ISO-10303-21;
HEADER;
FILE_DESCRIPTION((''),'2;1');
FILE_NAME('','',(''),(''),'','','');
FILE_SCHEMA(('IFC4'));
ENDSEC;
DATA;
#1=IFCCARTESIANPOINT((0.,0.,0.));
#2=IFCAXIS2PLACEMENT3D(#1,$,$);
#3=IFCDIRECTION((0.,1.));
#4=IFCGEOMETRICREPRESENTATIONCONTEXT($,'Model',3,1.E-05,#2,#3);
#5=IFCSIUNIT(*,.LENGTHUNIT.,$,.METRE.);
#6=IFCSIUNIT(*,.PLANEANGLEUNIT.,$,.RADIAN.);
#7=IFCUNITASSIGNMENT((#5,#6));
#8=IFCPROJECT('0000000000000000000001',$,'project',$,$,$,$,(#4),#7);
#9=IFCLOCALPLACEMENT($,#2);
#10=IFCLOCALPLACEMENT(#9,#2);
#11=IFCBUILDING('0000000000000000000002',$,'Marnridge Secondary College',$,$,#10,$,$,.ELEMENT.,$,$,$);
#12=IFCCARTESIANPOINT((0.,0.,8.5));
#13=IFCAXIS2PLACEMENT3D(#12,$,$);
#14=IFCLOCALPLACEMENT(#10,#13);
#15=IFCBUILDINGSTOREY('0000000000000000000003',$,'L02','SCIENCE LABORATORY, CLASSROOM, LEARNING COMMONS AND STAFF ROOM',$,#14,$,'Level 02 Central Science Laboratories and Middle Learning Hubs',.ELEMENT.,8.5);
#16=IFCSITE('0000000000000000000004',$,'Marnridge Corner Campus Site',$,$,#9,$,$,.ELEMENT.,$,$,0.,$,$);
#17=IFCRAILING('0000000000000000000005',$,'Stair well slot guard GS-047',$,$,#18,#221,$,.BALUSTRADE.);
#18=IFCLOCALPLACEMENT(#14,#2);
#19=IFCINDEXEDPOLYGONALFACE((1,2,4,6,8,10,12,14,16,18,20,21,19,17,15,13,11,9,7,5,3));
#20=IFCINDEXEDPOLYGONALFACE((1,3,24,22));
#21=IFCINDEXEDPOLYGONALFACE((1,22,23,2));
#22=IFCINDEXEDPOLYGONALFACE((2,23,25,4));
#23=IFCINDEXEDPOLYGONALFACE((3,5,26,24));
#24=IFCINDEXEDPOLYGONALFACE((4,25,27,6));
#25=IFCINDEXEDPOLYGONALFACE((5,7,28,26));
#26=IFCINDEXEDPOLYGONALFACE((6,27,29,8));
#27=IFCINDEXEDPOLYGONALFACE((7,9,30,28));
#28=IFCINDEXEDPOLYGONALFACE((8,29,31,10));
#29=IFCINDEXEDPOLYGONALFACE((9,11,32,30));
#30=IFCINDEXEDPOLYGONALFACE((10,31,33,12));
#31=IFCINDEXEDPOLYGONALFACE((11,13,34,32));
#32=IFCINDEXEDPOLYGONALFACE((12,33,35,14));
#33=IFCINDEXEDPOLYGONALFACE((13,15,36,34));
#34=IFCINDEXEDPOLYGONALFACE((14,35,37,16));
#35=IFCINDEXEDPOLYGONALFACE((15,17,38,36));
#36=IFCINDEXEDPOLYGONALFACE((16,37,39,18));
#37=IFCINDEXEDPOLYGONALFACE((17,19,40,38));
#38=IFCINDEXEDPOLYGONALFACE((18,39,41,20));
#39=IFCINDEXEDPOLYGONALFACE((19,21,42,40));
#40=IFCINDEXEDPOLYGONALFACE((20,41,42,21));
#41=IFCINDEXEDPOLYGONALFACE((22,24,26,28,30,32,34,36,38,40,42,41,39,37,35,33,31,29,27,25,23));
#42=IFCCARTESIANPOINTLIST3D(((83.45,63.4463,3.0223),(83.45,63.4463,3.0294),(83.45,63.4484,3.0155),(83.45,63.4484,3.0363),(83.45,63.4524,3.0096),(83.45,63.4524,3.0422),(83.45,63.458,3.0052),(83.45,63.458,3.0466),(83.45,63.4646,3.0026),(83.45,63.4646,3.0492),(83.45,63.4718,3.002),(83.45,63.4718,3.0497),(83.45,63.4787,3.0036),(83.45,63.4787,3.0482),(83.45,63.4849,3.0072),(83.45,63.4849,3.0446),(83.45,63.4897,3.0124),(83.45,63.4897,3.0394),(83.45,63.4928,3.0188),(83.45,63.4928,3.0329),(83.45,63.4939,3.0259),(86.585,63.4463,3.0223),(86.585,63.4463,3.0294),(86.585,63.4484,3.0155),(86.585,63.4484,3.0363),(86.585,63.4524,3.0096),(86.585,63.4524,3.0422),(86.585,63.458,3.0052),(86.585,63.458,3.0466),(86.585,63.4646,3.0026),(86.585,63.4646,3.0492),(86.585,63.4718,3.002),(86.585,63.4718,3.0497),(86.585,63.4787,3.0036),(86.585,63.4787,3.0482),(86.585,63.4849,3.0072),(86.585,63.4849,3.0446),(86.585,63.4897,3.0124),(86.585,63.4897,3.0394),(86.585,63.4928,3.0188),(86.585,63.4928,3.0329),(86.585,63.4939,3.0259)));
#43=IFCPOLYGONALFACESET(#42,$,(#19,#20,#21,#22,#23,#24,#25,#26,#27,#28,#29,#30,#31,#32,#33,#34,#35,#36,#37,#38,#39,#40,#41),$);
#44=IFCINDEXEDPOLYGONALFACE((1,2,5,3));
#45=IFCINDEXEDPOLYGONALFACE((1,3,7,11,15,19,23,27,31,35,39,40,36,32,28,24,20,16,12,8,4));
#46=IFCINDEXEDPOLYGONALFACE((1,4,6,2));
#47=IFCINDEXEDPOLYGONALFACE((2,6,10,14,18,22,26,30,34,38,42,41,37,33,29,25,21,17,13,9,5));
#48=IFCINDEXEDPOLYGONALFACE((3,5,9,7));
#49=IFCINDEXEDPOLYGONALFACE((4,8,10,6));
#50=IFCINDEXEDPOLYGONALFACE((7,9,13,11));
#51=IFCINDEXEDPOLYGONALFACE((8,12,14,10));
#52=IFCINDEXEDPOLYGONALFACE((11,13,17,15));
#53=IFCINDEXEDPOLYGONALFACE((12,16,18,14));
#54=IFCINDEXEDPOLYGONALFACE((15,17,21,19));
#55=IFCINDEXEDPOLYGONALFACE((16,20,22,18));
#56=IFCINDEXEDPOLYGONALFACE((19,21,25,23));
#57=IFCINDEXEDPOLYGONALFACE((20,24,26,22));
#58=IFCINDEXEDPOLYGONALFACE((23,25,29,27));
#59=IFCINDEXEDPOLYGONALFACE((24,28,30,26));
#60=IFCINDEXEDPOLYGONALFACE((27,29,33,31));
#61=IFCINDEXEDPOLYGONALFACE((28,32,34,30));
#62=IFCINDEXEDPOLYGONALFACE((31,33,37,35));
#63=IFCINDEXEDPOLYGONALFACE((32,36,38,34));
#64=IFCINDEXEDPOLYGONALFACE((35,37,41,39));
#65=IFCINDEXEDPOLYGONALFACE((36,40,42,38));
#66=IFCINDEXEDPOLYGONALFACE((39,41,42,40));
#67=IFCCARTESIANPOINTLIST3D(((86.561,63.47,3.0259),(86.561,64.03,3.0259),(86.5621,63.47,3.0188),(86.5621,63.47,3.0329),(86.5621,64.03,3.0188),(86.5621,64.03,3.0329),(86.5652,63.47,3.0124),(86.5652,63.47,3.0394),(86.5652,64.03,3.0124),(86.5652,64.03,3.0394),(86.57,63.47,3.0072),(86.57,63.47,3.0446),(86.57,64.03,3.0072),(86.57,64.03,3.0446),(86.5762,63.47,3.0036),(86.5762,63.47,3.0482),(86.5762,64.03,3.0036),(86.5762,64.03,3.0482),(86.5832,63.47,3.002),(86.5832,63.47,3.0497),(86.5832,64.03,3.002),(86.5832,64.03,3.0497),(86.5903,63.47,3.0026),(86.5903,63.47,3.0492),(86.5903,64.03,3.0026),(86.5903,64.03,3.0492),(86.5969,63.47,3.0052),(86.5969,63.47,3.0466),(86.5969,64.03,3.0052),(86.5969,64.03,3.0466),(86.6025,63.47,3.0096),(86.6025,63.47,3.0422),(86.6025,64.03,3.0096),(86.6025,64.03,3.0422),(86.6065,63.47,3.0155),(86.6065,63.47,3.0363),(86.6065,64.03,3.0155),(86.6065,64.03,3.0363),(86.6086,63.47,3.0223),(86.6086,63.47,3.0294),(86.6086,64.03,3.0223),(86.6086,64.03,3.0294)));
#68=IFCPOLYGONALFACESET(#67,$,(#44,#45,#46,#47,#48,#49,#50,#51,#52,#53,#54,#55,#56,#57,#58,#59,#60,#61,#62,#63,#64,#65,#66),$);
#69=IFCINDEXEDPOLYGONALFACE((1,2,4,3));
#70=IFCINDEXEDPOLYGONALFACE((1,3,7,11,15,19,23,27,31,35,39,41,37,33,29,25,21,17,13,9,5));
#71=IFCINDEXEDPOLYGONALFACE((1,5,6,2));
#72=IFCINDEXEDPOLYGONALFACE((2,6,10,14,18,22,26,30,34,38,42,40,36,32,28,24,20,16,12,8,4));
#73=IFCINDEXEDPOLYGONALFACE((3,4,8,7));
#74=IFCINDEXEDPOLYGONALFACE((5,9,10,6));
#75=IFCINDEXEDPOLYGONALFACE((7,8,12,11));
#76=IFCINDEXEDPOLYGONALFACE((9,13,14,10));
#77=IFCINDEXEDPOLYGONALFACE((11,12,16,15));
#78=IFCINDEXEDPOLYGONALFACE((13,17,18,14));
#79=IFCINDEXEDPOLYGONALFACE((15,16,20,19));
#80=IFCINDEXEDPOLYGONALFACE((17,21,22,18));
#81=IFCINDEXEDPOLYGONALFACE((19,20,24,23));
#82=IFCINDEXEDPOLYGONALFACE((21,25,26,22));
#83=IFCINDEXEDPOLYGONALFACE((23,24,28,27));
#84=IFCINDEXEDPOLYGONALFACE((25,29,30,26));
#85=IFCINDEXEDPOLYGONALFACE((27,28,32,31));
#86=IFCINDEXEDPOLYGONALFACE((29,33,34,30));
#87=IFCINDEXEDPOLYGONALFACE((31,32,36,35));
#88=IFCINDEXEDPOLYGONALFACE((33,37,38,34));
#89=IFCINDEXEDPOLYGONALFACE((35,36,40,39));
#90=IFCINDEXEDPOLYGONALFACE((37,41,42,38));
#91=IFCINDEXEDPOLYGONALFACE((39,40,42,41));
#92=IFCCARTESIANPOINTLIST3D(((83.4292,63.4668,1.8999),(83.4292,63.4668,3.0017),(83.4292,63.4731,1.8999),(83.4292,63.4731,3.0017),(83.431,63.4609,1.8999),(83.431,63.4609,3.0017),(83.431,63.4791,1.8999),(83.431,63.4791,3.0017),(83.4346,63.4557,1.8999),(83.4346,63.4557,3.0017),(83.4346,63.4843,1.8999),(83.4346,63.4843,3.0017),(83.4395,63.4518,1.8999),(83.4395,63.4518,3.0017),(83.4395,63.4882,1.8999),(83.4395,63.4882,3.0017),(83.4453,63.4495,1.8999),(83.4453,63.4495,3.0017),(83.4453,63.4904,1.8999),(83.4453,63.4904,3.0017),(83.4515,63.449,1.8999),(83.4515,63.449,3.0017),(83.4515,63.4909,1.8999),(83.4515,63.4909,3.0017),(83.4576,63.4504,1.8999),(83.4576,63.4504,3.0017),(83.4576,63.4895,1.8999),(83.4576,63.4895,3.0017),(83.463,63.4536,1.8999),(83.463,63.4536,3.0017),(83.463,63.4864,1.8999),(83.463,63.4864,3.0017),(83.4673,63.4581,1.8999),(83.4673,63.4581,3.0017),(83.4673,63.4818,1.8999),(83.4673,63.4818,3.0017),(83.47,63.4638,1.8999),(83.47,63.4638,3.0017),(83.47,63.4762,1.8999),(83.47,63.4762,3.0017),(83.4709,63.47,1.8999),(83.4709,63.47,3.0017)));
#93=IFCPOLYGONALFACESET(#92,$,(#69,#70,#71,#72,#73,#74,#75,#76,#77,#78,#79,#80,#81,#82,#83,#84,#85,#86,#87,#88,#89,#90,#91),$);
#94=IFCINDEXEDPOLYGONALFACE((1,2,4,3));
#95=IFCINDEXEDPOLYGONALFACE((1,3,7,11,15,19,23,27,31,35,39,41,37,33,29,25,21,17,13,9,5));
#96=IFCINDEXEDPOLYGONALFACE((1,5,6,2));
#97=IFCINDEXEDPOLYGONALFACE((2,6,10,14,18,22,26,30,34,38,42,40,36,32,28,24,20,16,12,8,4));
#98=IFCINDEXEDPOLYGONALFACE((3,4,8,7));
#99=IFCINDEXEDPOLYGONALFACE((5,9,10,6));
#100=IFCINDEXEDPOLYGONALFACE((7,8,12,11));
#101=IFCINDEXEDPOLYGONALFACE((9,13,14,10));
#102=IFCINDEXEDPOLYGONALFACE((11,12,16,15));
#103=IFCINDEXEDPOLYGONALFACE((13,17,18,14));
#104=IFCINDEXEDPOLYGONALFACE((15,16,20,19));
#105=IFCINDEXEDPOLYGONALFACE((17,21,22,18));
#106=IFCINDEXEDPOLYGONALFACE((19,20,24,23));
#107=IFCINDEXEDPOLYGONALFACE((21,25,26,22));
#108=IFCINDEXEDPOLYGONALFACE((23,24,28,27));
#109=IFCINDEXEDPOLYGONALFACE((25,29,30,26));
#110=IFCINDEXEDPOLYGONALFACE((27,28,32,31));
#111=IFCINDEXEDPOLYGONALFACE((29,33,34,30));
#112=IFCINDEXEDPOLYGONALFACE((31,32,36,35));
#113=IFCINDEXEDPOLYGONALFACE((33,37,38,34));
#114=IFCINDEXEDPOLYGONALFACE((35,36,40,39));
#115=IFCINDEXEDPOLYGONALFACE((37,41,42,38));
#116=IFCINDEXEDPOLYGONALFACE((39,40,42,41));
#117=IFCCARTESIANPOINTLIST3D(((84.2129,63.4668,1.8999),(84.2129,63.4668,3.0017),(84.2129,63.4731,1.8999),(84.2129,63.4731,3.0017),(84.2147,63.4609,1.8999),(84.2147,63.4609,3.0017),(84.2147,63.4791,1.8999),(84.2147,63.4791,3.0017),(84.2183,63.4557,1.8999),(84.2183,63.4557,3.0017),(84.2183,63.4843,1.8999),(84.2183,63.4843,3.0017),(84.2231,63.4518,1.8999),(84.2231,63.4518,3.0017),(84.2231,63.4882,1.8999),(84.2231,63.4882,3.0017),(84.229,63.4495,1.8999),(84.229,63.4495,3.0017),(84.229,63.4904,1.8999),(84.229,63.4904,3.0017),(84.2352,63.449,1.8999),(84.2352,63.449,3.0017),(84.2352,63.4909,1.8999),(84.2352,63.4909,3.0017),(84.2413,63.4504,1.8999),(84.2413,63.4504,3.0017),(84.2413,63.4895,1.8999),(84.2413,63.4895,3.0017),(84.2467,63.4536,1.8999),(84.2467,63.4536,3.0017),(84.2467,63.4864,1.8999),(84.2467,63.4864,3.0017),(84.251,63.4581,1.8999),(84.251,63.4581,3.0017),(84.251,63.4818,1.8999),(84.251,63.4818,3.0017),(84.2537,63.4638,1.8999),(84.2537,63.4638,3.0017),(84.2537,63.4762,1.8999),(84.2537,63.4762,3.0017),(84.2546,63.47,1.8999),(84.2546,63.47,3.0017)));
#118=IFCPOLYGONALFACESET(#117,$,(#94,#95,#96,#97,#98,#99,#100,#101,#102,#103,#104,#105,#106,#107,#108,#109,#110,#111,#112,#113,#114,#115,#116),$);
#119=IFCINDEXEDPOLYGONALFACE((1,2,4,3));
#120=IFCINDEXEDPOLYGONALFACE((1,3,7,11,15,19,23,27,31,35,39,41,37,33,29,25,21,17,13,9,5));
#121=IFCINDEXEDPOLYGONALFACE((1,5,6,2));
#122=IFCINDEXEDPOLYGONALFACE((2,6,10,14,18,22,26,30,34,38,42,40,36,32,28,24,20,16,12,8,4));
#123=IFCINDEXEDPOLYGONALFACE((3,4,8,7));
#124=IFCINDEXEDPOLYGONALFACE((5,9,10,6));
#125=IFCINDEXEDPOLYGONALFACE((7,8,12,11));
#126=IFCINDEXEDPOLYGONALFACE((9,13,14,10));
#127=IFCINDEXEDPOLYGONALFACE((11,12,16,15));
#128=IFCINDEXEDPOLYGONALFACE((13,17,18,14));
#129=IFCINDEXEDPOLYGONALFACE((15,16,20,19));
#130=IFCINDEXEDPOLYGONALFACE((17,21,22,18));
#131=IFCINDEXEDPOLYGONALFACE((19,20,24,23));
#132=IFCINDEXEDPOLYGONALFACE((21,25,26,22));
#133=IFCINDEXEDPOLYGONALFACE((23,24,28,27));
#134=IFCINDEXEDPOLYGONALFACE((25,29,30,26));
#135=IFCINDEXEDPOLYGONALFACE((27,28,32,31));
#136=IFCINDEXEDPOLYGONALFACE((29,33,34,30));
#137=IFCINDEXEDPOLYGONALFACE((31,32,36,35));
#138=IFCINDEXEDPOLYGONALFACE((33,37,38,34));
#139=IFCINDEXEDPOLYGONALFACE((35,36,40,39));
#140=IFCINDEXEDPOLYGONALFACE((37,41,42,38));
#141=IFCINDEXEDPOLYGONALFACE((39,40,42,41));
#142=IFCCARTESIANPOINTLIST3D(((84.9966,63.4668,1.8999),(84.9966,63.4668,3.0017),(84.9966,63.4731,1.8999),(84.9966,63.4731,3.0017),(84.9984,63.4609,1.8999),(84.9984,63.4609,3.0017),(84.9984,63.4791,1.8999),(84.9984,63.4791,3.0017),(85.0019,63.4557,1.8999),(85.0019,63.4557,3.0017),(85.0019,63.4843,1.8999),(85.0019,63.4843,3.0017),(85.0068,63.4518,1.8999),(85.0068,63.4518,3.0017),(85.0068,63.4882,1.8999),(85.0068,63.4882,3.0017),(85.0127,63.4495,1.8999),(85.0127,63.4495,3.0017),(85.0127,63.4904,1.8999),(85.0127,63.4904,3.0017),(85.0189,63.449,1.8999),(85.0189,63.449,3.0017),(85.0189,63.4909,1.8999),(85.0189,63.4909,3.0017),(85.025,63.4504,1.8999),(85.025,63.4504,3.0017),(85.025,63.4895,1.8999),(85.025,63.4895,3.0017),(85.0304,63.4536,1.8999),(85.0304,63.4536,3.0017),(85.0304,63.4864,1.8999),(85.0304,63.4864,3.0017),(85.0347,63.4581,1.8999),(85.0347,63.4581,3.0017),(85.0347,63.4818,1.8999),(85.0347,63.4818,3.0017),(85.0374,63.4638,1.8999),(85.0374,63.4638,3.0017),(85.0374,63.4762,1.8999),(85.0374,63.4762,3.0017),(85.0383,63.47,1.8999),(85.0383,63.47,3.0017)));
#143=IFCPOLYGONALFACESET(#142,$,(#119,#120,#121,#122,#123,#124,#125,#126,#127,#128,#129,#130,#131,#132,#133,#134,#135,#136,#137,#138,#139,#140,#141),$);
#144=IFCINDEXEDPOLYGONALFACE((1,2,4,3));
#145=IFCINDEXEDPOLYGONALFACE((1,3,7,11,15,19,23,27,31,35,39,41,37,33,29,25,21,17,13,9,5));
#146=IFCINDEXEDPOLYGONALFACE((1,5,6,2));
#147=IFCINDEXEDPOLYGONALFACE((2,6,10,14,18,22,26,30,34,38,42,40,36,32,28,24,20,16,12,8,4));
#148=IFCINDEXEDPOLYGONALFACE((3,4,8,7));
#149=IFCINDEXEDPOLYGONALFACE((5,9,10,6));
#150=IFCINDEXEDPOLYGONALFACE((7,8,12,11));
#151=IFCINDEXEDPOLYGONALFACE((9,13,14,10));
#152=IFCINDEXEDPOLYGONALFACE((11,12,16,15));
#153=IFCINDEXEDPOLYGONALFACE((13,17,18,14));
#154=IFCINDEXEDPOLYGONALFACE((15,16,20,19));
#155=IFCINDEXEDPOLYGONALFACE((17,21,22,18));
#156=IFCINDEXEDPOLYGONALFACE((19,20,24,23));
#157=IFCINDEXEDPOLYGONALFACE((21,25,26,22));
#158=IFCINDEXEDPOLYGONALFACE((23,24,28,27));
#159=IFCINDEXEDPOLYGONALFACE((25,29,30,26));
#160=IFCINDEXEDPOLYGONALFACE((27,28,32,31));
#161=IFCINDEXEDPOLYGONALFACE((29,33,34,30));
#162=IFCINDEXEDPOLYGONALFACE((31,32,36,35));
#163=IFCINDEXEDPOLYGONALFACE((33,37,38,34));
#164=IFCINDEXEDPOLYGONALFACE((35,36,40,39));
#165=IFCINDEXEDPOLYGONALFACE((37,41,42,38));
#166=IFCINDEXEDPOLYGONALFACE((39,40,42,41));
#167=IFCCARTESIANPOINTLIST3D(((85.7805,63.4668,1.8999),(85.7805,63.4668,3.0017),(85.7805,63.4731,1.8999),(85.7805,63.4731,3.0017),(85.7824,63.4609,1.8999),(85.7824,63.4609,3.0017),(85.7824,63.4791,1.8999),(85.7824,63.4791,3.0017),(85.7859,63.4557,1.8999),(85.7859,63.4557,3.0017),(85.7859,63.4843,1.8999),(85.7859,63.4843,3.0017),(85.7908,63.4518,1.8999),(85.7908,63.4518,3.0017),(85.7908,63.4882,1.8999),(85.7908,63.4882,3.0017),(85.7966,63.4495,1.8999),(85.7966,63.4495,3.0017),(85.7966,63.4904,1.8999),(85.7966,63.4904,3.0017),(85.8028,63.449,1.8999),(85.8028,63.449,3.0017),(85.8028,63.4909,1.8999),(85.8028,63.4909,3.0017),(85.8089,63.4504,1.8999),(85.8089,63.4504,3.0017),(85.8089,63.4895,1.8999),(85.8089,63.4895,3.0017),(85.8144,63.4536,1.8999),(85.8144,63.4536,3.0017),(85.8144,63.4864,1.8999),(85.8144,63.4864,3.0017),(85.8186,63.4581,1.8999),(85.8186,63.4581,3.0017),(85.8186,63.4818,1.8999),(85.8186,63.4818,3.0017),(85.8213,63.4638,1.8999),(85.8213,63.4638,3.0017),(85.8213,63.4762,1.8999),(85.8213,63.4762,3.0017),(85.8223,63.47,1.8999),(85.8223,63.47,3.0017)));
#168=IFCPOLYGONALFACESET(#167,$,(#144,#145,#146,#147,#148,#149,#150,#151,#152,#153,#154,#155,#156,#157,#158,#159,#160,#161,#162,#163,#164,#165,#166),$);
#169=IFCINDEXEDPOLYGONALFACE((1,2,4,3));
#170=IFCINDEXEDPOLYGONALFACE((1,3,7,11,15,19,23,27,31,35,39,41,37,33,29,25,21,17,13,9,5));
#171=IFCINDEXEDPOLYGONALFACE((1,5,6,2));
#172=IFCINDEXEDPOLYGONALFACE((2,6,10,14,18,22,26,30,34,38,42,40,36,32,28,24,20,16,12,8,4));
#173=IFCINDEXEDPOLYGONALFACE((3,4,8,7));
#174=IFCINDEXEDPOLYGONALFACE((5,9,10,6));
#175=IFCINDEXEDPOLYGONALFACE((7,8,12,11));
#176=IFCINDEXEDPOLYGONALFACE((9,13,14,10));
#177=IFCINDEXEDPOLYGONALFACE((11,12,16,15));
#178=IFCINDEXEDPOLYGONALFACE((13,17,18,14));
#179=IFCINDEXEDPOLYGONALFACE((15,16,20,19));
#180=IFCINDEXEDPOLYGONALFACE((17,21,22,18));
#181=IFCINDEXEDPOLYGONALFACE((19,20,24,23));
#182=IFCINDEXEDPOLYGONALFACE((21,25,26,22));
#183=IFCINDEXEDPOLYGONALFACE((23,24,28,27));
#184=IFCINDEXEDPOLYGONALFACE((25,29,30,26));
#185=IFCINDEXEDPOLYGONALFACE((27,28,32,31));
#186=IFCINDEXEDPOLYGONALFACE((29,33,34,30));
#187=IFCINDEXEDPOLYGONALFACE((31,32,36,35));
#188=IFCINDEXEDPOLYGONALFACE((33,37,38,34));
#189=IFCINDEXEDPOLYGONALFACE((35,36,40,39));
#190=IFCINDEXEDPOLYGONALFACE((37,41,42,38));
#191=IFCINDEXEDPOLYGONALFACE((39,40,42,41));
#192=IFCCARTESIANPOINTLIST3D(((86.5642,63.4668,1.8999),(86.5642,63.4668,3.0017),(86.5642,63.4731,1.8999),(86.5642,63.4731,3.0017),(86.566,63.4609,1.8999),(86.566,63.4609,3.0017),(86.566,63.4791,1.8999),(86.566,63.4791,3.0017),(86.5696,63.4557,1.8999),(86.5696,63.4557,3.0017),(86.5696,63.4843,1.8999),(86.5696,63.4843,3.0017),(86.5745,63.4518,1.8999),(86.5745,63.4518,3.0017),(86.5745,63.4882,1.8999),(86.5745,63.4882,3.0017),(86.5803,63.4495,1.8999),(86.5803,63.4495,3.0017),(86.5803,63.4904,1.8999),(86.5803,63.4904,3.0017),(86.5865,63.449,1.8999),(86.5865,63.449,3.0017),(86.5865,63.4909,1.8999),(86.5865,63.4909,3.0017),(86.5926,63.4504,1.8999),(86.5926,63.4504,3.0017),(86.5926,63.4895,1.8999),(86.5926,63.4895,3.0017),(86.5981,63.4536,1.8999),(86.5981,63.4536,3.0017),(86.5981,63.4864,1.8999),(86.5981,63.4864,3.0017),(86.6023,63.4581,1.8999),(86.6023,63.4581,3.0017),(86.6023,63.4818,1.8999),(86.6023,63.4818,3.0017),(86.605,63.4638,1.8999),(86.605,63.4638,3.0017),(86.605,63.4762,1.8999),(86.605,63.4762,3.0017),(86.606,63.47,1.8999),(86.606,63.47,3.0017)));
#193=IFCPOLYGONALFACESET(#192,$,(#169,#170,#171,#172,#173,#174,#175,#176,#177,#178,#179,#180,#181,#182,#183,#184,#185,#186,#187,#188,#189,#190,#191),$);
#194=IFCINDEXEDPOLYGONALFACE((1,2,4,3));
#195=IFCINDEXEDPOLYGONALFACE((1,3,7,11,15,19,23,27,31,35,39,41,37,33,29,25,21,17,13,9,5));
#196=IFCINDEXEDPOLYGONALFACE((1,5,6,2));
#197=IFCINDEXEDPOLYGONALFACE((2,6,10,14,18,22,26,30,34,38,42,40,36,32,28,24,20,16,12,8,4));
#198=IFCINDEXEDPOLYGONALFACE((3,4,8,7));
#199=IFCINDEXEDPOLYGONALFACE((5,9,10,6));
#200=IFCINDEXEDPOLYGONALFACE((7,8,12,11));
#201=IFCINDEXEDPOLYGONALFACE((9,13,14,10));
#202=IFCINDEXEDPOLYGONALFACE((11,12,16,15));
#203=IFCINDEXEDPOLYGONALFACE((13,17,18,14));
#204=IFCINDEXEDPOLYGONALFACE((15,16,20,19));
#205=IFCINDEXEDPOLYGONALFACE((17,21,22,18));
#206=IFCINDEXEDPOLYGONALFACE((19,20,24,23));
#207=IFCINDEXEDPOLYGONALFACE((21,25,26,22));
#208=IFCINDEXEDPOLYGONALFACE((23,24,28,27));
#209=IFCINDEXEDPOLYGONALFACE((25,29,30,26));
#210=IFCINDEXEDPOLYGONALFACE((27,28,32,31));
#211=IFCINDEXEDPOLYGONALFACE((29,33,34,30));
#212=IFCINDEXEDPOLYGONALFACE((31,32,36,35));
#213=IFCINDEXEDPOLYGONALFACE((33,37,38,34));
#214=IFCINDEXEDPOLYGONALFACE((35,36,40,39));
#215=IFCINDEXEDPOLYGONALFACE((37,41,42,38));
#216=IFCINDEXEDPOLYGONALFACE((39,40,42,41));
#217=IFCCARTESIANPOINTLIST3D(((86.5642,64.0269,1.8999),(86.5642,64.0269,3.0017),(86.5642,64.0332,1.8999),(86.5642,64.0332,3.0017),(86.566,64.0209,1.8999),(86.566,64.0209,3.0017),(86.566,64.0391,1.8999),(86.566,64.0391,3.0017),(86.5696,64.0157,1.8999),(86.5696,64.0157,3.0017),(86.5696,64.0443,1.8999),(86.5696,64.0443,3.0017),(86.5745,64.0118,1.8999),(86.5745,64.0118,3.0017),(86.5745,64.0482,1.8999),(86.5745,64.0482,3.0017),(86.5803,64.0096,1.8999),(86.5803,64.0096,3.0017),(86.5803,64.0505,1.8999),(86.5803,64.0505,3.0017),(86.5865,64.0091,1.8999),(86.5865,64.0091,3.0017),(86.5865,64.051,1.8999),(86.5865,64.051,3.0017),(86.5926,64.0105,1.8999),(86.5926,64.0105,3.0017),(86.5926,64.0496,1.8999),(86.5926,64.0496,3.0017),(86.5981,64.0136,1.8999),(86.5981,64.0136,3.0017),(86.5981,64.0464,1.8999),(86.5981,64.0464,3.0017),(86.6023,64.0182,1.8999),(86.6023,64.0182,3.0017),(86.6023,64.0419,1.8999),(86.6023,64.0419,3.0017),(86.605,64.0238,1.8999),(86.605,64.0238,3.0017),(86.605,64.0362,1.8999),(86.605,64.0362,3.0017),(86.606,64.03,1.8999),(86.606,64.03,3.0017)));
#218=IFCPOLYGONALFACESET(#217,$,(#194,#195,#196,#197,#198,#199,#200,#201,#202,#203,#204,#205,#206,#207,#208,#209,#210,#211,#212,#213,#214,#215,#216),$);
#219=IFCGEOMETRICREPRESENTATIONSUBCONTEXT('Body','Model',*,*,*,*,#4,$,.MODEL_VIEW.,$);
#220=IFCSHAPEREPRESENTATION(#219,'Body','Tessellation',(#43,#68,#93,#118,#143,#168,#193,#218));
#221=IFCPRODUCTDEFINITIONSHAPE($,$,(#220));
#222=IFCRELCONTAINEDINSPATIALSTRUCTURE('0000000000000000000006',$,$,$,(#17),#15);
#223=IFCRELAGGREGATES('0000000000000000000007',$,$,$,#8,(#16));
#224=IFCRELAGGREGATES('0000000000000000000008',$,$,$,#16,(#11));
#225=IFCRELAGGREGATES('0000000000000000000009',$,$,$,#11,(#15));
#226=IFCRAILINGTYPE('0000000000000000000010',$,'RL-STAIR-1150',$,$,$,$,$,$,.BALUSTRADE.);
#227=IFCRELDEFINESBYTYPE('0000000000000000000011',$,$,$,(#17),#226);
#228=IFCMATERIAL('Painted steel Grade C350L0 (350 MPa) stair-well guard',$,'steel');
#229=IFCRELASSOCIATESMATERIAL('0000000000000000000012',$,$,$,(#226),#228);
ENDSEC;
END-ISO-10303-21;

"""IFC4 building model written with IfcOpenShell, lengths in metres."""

from ifc_helpers import new_model, si_unit, direction, frame, origin, origin_2d, place, context, subcontext, project, spatial, circle, extrude, material, type_object, element, save


model = new_model("IFC4")

# Units and contexts
model_context = context("Model", 3, precision=1e-05, world=origin(), true_north=direction((0.0, 1.0)))
body_context = subcontext(model_context, "Body", "Model", "MODEL_VIEW")
ifc_project = project(units=[si_unit("LENGTHUNIT", "METRE"), si_unit("PLANEANGLEUNIT", "RADIAN")], contexts=[model_context])

# Site, building, storey
site_placement = place(None, origin())
site = spatial("IfcSite", under=ifc_project, at=site_placement, Name="Marnridge Corner Campus Site", CompositionType="ELEMENT", RefElevation=0.0)
building_placement = place(site_placement, origin())
building = spatial("IfcBuilding", under=site, at=building_placement, Name="Marnridge Secondary College", CompositionType="ELEMENT")
storey_placement = place(building_placement, frame((0.0, 0.0, 8.5)))
storey = spatial("IfcBuildingStorey", under=building, at=storey_placement, Name="L02", Description="SCIENCE LABORATORY, CLASSROOM, LEARNING COMMONS AND STAFF ROOM", LongName="Level 02 Central Science Laboratories and Middle Learning Hubs", CompositionType="ELEMENT", Elevation=8.5)

# Railing
ifc_material_1 = material(Name="Painted steel Grade C350L0 (350 MPa) stair-well guard", Category="steel")
railing_type_1 = type_object("IfcRailingType", Name="RL-STAIR-1150", PredefinedType="BALUSTRADE", material=ifc_material_1)
railing_1_placement = place(storey_placement, frame((83.45, 63.47, 1.8999)))
element("IfcRailing", 1, at=railing_1_placement, inside=storey, type_object=railing_type_1, Name="Stair well slot guard GS-047", PredefinedType="BALUSTRADE", context=body_context, shape_type="SweptSolid", body=[
    extrude(circle(Radius=0.0239, at=origin_2d()), frame((0.0, 0.0, 1.126), z_axis=(1.0, 0.0, 0.0), x_axis=(0.0, 1.0, 0.0)), (0.0, 0.0, 1.0), 3.135),
    extrude(circle(Radius=0.0239, at=origin_2d()), frame((3.135, 0.0, 1.126), z_axis=(0.0, 1.0, 0.0), x_axis=(-1.0, 0.0, 0.0)), (0.0, 0.0, 1.0), 0.5601),
    extrude(circle(Radius=0.021, at=origin_2d()), origin(), (0.0, 0.0, 1.0), 1.1018),
    extrude(circle(Radius=0.021, at=origin_2d()), frame((0.7837, 0.0, 0.0)), (0.0, 0.0, 1.0), 1.1018),
    extrude(circle(Radius=0.021, at=origin_2d()), frame((1.5674, 0.0, 0.0)), (0.0, 0.0, 1.0), 1.1018),
    extrude(circle(Radius=0.021, at=origin_2d()), frame((2.3513, 0.0, 0.0)), (0.0, 0.0, 1.0), 1.1018),
    extrude(circle(Radius=0.021, at=origin_2d()), frame((3.135, 0.0, 0.0)), (0.0, 0.0, 1.0), 1.1018),
    extrude(circle(Radius=0.021, at=origin_2d()), frame((3.135, 0.5601, 0.0)), (0.0, 0.0, 1.0), 1.1018),
])

save(model, "model.ifc")
